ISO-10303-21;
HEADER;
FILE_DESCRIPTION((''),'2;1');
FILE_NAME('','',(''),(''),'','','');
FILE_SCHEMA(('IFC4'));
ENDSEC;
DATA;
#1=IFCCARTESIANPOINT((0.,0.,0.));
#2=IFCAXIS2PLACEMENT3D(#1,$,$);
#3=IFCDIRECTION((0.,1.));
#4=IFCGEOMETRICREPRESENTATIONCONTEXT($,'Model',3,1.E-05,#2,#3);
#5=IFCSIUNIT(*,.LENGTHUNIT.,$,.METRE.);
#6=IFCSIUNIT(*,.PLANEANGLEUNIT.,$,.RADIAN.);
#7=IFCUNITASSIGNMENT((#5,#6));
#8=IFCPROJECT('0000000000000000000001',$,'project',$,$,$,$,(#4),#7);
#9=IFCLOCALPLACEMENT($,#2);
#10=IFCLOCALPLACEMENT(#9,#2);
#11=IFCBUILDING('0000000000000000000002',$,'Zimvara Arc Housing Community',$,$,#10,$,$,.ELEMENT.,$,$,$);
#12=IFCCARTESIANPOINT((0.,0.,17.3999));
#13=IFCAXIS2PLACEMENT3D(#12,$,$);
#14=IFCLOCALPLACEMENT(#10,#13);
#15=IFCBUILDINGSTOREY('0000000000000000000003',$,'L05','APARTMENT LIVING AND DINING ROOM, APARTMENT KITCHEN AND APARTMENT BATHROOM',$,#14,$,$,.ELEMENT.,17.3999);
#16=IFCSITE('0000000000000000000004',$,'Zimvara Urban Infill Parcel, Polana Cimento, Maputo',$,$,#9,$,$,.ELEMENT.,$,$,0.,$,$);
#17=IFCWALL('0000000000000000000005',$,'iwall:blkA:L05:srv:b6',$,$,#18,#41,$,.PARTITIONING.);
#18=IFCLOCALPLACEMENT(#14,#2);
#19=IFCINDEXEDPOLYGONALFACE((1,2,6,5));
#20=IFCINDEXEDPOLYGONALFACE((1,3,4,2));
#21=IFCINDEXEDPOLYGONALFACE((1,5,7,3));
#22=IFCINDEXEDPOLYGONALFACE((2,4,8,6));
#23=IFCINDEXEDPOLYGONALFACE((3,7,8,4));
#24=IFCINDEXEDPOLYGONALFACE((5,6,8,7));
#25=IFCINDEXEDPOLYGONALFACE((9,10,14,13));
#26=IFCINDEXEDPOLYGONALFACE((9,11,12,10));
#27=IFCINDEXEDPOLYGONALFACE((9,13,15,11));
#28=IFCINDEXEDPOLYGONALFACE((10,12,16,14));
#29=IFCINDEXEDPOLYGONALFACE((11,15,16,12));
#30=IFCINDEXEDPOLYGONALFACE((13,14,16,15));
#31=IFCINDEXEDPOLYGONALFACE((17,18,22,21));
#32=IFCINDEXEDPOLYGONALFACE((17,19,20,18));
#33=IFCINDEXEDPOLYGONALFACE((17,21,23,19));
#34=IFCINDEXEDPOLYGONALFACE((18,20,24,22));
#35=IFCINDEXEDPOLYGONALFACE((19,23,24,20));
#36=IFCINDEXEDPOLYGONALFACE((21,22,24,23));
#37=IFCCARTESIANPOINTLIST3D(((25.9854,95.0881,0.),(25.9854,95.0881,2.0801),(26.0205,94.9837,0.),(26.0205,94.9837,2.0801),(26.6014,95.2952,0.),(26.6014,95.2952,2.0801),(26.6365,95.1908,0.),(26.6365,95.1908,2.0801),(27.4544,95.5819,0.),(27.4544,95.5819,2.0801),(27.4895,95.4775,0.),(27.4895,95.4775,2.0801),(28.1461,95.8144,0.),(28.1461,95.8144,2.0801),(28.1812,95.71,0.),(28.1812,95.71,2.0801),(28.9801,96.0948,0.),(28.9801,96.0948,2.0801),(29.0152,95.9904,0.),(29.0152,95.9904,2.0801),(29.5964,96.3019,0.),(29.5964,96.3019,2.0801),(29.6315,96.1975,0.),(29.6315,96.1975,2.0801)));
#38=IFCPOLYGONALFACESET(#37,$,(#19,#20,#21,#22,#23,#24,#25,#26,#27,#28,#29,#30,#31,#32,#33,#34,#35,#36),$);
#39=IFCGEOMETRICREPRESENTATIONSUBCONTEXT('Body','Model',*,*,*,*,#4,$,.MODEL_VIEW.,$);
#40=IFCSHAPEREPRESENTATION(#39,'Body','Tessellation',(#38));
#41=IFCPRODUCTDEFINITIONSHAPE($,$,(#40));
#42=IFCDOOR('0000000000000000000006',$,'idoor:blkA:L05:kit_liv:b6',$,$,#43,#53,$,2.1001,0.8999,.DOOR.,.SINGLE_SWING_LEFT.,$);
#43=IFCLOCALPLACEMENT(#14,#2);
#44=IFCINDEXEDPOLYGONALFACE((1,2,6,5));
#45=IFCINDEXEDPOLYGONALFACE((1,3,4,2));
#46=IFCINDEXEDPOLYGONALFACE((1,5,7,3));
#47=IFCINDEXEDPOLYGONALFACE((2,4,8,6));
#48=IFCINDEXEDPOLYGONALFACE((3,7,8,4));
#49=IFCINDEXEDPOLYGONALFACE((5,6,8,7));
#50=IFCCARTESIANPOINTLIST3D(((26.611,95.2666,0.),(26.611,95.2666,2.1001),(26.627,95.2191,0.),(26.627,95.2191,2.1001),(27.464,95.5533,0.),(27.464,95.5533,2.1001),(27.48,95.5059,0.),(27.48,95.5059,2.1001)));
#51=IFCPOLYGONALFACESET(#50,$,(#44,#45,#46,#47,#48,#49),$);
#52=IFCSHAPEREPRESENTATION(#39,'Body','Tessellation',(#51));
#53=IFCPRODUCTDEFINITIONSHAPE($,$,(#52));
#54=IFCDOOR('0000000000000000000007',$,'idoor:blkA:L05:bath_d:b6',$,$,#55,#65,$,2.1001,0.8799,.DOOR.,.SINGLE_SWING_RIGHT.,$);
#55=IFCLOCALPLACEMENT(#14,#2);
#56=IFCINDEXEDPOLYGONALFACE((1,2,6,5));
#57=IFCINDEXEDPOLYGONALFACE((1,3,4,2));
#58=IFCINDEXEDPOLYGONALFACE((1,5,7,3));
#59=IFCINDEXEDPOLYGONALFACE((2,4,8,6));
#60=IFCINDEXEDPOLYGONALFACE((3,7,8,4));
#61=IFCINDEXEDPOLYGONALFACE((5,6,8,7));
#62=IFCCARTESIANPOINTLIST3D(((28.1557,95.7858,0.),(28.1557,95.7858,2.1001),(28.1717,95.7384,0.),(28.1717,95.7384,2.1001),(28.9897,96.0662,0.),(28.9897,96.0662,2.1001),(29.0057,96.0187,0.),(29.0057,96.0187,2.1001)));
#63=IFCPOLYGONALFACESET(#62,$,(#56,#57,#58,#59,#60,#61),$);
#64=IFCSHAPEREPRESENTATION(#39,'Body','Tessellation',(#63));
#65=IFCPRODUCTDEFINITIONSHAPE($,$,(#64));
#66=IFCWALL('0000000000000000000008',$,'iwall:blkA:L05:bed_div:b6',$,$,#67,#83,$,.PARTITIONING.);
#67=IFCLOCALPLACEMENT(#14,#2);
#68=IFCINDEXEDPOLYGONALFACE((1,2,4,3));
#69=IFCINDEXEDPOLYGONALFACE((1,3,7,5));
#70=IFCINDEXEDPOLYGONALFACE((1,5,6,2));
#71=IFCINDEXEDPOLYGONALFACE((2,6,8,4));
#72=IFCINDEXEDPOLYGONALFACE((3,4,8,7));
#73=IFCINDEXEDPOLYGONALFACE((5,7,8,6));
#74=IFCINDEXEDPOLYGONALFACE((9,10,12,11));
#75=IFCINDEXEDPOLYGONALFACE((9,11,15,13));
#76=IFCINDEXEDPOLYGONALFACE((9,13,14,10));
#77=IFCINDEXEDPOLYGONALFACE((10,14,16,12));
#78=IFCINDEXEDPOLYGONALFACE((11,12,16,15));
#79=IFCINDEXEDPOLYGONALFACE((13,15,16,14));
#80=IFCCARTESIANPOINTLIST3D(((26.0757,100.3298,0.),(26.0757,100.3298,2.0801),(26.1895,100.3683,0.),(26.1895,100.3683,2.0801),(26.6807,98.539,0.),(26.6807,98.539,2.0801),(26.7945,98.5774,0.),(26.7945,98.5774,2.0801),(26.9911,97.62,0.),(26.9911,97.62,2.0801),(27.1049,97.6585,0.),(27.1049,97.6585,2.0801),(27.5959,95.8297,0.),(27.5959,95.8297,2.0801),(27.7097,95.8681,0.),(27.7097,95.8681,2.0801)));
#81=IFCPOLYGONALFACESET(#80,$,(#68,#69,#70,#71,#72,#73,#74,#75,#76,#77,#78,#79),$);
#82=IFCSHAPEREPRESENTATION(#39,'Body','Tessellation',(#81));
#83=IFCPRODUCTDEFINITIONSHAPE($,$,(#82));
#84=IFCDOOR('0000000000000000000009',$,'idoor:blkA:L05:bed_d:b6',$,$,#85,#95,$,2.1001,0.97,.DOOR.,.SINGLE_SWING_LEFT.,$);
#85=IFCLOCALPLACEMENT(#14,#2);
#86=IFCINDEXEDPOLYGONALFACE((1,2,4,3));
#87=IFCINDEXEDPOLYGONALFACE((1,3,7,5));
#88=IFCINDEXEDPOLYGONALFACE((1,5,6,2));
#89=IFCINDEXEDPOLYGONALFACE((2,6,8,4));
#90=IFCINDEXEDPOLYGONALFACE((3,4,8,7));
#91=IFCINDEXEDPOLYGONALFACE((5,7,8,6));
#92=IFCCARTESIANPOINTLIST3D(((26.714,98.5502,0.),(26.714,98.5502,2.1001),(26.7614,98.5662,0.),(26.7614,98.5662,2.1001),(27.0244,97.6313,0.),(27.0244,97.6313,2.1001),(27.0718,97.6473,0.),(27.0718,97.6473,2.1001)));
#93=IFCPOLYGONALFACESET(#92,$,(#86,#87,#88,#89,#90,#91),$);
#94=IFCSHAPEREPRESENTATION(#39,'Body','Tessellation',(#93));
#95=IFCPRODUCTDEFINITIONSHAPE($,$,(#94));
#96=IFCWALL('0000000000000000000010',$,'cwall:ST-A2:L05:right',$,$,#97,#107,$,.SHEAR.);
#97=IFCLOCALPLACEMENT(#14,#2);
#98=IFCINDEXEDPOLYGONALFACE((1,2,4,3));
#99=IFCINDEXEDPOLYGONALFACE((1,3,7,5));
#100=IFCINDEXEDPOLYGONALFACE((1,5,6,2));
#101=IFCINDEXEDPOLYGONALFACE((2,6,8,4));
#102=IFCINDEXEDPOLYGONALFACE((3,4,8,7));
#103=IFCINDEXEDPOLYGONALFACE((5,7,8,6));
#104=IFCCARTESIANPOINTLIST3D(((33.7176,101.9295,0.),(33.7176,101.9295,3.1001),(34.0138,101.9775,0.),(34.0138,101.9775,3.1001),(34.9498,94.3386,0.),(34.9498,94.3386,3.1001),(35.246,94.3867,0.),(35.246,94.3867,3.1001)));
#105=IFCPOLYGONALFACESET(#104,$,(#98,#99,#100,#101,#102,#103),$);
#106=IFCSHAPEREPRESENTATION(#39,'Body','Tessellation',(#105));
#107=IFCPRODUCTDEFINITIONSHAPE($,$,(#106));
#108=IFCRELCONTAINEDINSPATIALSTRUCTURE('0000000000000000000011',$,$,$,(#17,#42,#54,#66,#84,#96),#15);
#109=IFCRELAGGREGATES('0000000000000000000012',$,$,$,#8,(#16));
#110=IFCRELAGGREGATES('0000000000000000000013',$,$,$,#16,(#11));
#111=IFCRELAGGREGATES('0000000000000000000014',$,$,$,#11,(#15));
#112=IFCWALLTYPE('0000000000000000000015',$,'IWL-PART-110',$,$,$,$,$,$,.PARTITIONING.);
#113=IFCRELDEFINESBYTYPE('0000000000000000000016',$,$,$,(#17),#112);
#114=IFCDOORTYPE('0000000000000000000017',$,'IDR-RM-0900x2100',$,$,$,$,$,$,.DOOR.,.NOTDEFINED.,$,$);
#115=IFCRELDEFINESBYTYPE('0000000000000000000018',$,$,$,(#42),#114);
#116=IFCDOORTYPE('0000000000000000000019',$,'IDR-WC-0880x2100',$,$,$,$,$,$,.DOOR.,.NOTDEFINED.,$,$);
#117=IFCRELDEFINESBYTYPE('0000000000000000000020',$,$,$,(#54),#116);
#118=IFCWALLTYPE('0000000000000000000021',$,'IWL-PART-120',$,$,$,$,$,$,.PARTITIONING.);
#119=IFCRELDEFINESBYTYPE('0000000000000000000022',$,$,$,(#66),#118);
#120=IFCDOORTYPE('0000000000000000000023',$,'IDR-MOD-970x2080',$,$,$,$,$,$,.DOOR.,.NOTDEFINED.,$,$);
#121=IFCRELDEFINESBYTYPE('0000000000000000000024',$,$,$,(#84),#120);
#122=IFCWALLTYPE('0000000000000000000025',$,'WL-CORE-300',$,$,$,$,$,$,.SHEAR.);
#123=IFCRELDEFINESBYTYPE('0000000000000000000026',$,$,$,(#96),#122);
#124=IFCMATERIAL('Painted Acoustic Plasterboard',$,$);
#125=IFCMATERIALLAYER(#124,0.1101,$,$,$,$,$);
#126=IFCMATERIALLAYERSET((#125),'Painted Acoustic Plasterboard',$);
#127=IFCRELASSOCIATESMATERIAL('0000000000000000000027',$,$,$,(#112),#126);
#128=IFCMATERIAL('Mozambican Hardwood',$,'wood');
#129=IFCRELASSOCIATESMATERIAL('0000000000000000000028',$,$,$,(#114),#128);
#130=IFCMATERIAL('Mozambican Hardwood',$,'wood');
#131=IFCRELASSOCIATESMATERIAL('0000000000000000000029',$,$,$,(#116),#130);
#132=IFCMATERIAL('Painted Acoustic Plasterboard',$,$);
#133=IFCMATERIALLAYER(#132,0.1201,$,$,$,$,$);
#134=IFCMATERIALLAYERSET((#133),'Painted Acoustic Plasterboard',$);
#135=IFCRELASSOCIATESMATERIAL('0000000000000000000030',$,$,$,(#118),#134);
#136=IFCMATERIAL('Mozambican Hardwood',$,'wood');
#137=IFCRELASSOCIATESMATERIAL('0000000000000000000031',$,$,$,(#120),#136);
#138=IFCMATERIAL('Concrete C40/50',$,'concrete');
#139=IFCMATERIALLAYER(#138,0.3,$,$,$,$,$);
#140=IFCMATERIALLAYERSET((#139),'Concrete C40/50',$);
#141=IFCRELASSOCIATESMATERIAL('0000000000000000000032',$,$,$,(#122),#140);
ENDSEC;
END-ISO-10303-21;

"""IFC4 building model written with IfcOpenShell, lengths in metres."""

from ifc_helpers import new_model, si_unit, direction, frame, frame_2d, origin, place, context, subcontext, project, spatial, rectangle, extrude, material, layer, layer_set, type_object, element, fill, save


model = new_model("IFC4")

# Units and contexts
model_context = context("Model", 3, precision=1e-05, world=origin(), true_north=direction((0.0, 1.0)))
body_context = subcontext(model_context, "Body", "Model", "MODEL_VIEW")
ifc_project = project(units=[si_unit("LENGTHUNIT", "METRE"), si_unit("PLANEANGLEUNIT", "RADIAN")], contexts=[model_context])

# Site, building, storey
site_placement = place(None, origin())
site = spatial("IfcSite", under=ifc_project, at=site_placement, Name="Zimvara Urban Infill Parcel, Polana Cimento, Maputo", CompositionType="ELEMENT", RefElevation=0.0)
building_placement = place(site_placement, origin())
building = spatial("IfcBuilding", under=site, at=building_placement, Name="Zimvara Arc Housing Community", CompositionType="ELEMENT")
storey_placement = place(building_placement, frame((0.0, 0.0, 17.3999)))
storey = spatial("IfcBuildingStorey", under=building, at=storey_placement, Name="L05", Description="APARTMENT LIVING AND DINING ROOM, APARTMENT KITCHEN AND APARTMENT BATHROOM", CompositionType="ELEMENT", Elevation=17.3999)

# Wall, openings, doors
ifc_material_1 = material(Name="Painted Acoustic Plasterboard")
ifc_layer_1 = layer(ifc_material_1, 0.1101)
ifc_layer_set_1 = layer_set([ifc_layer_1], Name="Painted Acoustic Plasterboard")
wall_type_1 = type_object("IfcWallType", Name="IWL-PART-110", PredefinedType="PARTITIONING", material=ifc_layer_set_1)
wall_1_placement = place(storey_placement, frame((26.0029, 95.0359, 0.0), z_axis=(0.0, 0.0, 1.0), x_axis=(0.947879, 0.31863, 0.0)))
wall_1 = element("IfcWall", 1, at=wall_1_placement, inside=storey, type_object=wall_type_1, Name="iwall:blkA:L05:srv:b6", PredefinedType="PARTITIONING", context=body_context, shape_type="SweptSolid", body=[
    extrude(rectangle(XDim=3.8096, YDim=0.1101, at=frame_2d((1.9048, 0.0))), origin(), (0.0, 0.0, 1.0), 2.0801),
])
opening_1_placement = place(wall_1_placement, frame((0.6499, 0.0, 0.0)))
opening_1 = element("IfcOpeningElement", 2, at=opening_1_placement, cuts=wall_1, PredefinedType="OPENING", context=body_context, shape_type="SweptSolid", body=[
    extrude(rectangle(XDim=0.8999, YDim=2.1001, at=frame_2d((0.45, 1.05))), frame((0.0, 0.0649, 0.0), z_axis=(0.0, -1.0, 0.0), x_axis=(1.0, 0.0, 0.0)), (0.0, 0.0, 1.0), 0.1301),
])
opening_2_placement = place(wall_1_placement, frame((2.2795, 0.0, 0.0)))
opening_2 = element("IfcOpeningElement", 3, at=opening_2_placement, cuts=wall_1, PredefinedType="OPENING", context=body_context, shape_type="SweptSolid", body=[
    extrude(rectangle(XDim=0.8799, YDim=2.1001, at=frame_2d((0.4399, 1.05))), frame((0.0, 0.0649, 0.0), z_axis=(0.0, -1.0, 0.0), x_axis=(1.0, 0.0, 0.0)), (0.0, 0.0, 1.0), 0.1301),
])
ifc_material_2 = material(Name="Mozambican Hardwood", Category="wood")
door_type_1 = type_object("IfcDoorType", Name="IDR-RM-0900x2100", OperationType="NOTDEFINED", PredefinedType="DOOR", material=ifc_material_2)
door_1_placement = place(opening_1_placement, origin())
door_1 = element("IfcDoor", 4, at=door_1_placement, inside=storey, type_object=door_type_1, Name="idoor:blkA:L05:kit_liv:b6", OperationType="SINGLE_SWING_LEFT", OverallHeight=2.1001, OverallWidth=0.8999, PredefinedType="DOOR", context=body_context, shape_type="SweptSolid", body=[
    extrude(rectangle(XDim=0.8999, YDim=2.1001, at=frame_2d((0.45, 1.05))), frame((0.0, 0.0249, 0.0), z_axis=(0.0, -1.0, 0.0), x_axis=(1.0, 0.0, 0.0)), (0.0, 0.0, 1.0), 0.05),
])
fill(opening_1, door_1)
ifc_material_3 = material(Name="Mozambican Hardwood", Category="wood")
door_type_2 = type_object("IfcDoorType", Name="IDR-WC-0880x2100", OperationType="NOTDEFINED", PredefinedType="DOOR", material=ifc_material_3)
door_2_placement = place(opening_2_placement, origin())
door_2 = element("IfcDoor", 5, at=door_2_placement, inside=storey, type_object=door_type_2, Name="idoor:blkA:L05:bath_d:b6", OperationType="SINGLE_SWING_RIGHT", OverallHeight=2.1001, OverallWidth=0.8799, PredefinedType="DOOR", context=body_context, shape_type="SweptSolid", body=[
    extrude(rectangle(XDim=0.8799, YDim=2.1001, at=frame_2d((0.4399, 1.05))), frame((0.0, 0.0249, 0.0), z_axis=(0.0, -1.0, 0.0), x_axis=(1.0, 0.0, 0.0)), (0.0, 0.0, 1.0), 0.05),
])
fill(opening_2, door_2)

# Wall, opening, door
ifc_material_4 = material(Name="Painted Acoustic Plasterboard")
ifc_layer_2 = layer(ifc_material_4, 0.1201)
ifc_layer_set_2 = layer_set([ifc_layer_2], Name="Painted Acoustic Plasterboard")
wall_type_2 = type_object("IfcWallType", Name="IWL-PART-120", PredefinedType="PARTITIONING", material=ifc_layer_set_2)
wall_2_placement = place(storey_placement, frame((27.6528, 95.8489, 0.0), z_axis=(0.0, 0.0, 1.0), x_axis=(-0.320049, 0.947401, 0.0)))
wall_2 = element("IfcWall", 6, at=wall_2_placement, inside=storey, type_object=wall_type_2, Name="iwall:blkA:L05:bed_div:b6", PredefinedType="PARTITIONING", context=body_context, shape_type="SweptSolid", body=[
    extrude(rectangle(XDim=4.75, YDim=0.1201, at=frame_2d((2.375, 0.0))), origin(), (0.0, 0.0, 1.0), 2.0801),
])
opening_3_placement = place(wall_2_placement, frame((1.8899, 0.0, 0.0)))
opening_3 = element("IfcOpeningElement", 7, at=opening_3_placement, cuts=wall_2, PredefinedType="OPENING", context=body_context, shape_type="SweptSolid", body=[
    extrude(rectangle(XDim=0.97, YDim=2.1001, at=frame_2d((0.4849, 1.05))), frame((0.0, 0.0701, 0.0), z_axis=(0.0, -1.0, 0.0), x_axis=(1.0, 0.0, 0.0)), (0.0, 0.0, 1.0), 0.1401),
])
ifc_material_5 = material(Name="Mozambican Hardwood", Category="wood")
door_type_3 = type_object("IfcDoorType", Name="IDR-MOD-970x2080", OperationType="NOTDEFINED", PredefinedType="DOOR", material=ifc_material_5)
door_3_placement = place(opening_3_placement, origin())
door_3 = element("IfcDoor", 8, at=door_3_placement, inside=storey, type_object=door_type_3, Name="idoor:blkA:L05:bed_d:b6", OperationType="SINGLE_SWING_LEFT", OverallHeight=2.1001, OverallWidth=0.97, PredefinedType="DOOR", context=body_context, shape_type="SweptSolid", body=[
    extrude(rectangle(XDim=0.97, YDim=2.1001, at=frame_2d((0.4849, 1.05))), frame((0.0, 0.0249, 0.0), z_axis=(0.0, -1.0, 0.0), x_axis=(1.0, 0.0, 0.0)), (0.0, 0.0, 1.0), 0.05),
])
fill(opening_3, door_3)

# Wall
ifc_material_6 = material(Name="Concrete C40/50", Category="concrete")
ifc_layer_3 = layer(ifc_material_6, 0.3)
ifc_layer_set_3 = layer_set([ifc_layer_3], Name="Concrete C40/50")
wall_type_3 = type_object("IfcWallType", Name="WL-CORE-300", PredefinedType="SHEAR", material=ifc_layer_set_3)
wall_3_placement = place(storey_placement, frame((35.0979, 94.3625, 0.0), z_axis=(0.0, 0.0, 1.0), x_axis=(-0.160227, 0.98708, 0.0)))
element("IfcWall", 9, at=wall_3_placement, inside=storey, type_object=wall_type_3, Name="cwall:ST-A2:L05:right", PredefinedType="SHEAR", context=body_context, shape_type="SweptSolid", body=[
    extrude(rectangle(XDim=7.6902, YDim=0.3, at=frame_2d((3.8452, 0.0))), origin(), (0.0, 0.0, 1.0), 3.1001),
])

save(model, "model.ifc")
